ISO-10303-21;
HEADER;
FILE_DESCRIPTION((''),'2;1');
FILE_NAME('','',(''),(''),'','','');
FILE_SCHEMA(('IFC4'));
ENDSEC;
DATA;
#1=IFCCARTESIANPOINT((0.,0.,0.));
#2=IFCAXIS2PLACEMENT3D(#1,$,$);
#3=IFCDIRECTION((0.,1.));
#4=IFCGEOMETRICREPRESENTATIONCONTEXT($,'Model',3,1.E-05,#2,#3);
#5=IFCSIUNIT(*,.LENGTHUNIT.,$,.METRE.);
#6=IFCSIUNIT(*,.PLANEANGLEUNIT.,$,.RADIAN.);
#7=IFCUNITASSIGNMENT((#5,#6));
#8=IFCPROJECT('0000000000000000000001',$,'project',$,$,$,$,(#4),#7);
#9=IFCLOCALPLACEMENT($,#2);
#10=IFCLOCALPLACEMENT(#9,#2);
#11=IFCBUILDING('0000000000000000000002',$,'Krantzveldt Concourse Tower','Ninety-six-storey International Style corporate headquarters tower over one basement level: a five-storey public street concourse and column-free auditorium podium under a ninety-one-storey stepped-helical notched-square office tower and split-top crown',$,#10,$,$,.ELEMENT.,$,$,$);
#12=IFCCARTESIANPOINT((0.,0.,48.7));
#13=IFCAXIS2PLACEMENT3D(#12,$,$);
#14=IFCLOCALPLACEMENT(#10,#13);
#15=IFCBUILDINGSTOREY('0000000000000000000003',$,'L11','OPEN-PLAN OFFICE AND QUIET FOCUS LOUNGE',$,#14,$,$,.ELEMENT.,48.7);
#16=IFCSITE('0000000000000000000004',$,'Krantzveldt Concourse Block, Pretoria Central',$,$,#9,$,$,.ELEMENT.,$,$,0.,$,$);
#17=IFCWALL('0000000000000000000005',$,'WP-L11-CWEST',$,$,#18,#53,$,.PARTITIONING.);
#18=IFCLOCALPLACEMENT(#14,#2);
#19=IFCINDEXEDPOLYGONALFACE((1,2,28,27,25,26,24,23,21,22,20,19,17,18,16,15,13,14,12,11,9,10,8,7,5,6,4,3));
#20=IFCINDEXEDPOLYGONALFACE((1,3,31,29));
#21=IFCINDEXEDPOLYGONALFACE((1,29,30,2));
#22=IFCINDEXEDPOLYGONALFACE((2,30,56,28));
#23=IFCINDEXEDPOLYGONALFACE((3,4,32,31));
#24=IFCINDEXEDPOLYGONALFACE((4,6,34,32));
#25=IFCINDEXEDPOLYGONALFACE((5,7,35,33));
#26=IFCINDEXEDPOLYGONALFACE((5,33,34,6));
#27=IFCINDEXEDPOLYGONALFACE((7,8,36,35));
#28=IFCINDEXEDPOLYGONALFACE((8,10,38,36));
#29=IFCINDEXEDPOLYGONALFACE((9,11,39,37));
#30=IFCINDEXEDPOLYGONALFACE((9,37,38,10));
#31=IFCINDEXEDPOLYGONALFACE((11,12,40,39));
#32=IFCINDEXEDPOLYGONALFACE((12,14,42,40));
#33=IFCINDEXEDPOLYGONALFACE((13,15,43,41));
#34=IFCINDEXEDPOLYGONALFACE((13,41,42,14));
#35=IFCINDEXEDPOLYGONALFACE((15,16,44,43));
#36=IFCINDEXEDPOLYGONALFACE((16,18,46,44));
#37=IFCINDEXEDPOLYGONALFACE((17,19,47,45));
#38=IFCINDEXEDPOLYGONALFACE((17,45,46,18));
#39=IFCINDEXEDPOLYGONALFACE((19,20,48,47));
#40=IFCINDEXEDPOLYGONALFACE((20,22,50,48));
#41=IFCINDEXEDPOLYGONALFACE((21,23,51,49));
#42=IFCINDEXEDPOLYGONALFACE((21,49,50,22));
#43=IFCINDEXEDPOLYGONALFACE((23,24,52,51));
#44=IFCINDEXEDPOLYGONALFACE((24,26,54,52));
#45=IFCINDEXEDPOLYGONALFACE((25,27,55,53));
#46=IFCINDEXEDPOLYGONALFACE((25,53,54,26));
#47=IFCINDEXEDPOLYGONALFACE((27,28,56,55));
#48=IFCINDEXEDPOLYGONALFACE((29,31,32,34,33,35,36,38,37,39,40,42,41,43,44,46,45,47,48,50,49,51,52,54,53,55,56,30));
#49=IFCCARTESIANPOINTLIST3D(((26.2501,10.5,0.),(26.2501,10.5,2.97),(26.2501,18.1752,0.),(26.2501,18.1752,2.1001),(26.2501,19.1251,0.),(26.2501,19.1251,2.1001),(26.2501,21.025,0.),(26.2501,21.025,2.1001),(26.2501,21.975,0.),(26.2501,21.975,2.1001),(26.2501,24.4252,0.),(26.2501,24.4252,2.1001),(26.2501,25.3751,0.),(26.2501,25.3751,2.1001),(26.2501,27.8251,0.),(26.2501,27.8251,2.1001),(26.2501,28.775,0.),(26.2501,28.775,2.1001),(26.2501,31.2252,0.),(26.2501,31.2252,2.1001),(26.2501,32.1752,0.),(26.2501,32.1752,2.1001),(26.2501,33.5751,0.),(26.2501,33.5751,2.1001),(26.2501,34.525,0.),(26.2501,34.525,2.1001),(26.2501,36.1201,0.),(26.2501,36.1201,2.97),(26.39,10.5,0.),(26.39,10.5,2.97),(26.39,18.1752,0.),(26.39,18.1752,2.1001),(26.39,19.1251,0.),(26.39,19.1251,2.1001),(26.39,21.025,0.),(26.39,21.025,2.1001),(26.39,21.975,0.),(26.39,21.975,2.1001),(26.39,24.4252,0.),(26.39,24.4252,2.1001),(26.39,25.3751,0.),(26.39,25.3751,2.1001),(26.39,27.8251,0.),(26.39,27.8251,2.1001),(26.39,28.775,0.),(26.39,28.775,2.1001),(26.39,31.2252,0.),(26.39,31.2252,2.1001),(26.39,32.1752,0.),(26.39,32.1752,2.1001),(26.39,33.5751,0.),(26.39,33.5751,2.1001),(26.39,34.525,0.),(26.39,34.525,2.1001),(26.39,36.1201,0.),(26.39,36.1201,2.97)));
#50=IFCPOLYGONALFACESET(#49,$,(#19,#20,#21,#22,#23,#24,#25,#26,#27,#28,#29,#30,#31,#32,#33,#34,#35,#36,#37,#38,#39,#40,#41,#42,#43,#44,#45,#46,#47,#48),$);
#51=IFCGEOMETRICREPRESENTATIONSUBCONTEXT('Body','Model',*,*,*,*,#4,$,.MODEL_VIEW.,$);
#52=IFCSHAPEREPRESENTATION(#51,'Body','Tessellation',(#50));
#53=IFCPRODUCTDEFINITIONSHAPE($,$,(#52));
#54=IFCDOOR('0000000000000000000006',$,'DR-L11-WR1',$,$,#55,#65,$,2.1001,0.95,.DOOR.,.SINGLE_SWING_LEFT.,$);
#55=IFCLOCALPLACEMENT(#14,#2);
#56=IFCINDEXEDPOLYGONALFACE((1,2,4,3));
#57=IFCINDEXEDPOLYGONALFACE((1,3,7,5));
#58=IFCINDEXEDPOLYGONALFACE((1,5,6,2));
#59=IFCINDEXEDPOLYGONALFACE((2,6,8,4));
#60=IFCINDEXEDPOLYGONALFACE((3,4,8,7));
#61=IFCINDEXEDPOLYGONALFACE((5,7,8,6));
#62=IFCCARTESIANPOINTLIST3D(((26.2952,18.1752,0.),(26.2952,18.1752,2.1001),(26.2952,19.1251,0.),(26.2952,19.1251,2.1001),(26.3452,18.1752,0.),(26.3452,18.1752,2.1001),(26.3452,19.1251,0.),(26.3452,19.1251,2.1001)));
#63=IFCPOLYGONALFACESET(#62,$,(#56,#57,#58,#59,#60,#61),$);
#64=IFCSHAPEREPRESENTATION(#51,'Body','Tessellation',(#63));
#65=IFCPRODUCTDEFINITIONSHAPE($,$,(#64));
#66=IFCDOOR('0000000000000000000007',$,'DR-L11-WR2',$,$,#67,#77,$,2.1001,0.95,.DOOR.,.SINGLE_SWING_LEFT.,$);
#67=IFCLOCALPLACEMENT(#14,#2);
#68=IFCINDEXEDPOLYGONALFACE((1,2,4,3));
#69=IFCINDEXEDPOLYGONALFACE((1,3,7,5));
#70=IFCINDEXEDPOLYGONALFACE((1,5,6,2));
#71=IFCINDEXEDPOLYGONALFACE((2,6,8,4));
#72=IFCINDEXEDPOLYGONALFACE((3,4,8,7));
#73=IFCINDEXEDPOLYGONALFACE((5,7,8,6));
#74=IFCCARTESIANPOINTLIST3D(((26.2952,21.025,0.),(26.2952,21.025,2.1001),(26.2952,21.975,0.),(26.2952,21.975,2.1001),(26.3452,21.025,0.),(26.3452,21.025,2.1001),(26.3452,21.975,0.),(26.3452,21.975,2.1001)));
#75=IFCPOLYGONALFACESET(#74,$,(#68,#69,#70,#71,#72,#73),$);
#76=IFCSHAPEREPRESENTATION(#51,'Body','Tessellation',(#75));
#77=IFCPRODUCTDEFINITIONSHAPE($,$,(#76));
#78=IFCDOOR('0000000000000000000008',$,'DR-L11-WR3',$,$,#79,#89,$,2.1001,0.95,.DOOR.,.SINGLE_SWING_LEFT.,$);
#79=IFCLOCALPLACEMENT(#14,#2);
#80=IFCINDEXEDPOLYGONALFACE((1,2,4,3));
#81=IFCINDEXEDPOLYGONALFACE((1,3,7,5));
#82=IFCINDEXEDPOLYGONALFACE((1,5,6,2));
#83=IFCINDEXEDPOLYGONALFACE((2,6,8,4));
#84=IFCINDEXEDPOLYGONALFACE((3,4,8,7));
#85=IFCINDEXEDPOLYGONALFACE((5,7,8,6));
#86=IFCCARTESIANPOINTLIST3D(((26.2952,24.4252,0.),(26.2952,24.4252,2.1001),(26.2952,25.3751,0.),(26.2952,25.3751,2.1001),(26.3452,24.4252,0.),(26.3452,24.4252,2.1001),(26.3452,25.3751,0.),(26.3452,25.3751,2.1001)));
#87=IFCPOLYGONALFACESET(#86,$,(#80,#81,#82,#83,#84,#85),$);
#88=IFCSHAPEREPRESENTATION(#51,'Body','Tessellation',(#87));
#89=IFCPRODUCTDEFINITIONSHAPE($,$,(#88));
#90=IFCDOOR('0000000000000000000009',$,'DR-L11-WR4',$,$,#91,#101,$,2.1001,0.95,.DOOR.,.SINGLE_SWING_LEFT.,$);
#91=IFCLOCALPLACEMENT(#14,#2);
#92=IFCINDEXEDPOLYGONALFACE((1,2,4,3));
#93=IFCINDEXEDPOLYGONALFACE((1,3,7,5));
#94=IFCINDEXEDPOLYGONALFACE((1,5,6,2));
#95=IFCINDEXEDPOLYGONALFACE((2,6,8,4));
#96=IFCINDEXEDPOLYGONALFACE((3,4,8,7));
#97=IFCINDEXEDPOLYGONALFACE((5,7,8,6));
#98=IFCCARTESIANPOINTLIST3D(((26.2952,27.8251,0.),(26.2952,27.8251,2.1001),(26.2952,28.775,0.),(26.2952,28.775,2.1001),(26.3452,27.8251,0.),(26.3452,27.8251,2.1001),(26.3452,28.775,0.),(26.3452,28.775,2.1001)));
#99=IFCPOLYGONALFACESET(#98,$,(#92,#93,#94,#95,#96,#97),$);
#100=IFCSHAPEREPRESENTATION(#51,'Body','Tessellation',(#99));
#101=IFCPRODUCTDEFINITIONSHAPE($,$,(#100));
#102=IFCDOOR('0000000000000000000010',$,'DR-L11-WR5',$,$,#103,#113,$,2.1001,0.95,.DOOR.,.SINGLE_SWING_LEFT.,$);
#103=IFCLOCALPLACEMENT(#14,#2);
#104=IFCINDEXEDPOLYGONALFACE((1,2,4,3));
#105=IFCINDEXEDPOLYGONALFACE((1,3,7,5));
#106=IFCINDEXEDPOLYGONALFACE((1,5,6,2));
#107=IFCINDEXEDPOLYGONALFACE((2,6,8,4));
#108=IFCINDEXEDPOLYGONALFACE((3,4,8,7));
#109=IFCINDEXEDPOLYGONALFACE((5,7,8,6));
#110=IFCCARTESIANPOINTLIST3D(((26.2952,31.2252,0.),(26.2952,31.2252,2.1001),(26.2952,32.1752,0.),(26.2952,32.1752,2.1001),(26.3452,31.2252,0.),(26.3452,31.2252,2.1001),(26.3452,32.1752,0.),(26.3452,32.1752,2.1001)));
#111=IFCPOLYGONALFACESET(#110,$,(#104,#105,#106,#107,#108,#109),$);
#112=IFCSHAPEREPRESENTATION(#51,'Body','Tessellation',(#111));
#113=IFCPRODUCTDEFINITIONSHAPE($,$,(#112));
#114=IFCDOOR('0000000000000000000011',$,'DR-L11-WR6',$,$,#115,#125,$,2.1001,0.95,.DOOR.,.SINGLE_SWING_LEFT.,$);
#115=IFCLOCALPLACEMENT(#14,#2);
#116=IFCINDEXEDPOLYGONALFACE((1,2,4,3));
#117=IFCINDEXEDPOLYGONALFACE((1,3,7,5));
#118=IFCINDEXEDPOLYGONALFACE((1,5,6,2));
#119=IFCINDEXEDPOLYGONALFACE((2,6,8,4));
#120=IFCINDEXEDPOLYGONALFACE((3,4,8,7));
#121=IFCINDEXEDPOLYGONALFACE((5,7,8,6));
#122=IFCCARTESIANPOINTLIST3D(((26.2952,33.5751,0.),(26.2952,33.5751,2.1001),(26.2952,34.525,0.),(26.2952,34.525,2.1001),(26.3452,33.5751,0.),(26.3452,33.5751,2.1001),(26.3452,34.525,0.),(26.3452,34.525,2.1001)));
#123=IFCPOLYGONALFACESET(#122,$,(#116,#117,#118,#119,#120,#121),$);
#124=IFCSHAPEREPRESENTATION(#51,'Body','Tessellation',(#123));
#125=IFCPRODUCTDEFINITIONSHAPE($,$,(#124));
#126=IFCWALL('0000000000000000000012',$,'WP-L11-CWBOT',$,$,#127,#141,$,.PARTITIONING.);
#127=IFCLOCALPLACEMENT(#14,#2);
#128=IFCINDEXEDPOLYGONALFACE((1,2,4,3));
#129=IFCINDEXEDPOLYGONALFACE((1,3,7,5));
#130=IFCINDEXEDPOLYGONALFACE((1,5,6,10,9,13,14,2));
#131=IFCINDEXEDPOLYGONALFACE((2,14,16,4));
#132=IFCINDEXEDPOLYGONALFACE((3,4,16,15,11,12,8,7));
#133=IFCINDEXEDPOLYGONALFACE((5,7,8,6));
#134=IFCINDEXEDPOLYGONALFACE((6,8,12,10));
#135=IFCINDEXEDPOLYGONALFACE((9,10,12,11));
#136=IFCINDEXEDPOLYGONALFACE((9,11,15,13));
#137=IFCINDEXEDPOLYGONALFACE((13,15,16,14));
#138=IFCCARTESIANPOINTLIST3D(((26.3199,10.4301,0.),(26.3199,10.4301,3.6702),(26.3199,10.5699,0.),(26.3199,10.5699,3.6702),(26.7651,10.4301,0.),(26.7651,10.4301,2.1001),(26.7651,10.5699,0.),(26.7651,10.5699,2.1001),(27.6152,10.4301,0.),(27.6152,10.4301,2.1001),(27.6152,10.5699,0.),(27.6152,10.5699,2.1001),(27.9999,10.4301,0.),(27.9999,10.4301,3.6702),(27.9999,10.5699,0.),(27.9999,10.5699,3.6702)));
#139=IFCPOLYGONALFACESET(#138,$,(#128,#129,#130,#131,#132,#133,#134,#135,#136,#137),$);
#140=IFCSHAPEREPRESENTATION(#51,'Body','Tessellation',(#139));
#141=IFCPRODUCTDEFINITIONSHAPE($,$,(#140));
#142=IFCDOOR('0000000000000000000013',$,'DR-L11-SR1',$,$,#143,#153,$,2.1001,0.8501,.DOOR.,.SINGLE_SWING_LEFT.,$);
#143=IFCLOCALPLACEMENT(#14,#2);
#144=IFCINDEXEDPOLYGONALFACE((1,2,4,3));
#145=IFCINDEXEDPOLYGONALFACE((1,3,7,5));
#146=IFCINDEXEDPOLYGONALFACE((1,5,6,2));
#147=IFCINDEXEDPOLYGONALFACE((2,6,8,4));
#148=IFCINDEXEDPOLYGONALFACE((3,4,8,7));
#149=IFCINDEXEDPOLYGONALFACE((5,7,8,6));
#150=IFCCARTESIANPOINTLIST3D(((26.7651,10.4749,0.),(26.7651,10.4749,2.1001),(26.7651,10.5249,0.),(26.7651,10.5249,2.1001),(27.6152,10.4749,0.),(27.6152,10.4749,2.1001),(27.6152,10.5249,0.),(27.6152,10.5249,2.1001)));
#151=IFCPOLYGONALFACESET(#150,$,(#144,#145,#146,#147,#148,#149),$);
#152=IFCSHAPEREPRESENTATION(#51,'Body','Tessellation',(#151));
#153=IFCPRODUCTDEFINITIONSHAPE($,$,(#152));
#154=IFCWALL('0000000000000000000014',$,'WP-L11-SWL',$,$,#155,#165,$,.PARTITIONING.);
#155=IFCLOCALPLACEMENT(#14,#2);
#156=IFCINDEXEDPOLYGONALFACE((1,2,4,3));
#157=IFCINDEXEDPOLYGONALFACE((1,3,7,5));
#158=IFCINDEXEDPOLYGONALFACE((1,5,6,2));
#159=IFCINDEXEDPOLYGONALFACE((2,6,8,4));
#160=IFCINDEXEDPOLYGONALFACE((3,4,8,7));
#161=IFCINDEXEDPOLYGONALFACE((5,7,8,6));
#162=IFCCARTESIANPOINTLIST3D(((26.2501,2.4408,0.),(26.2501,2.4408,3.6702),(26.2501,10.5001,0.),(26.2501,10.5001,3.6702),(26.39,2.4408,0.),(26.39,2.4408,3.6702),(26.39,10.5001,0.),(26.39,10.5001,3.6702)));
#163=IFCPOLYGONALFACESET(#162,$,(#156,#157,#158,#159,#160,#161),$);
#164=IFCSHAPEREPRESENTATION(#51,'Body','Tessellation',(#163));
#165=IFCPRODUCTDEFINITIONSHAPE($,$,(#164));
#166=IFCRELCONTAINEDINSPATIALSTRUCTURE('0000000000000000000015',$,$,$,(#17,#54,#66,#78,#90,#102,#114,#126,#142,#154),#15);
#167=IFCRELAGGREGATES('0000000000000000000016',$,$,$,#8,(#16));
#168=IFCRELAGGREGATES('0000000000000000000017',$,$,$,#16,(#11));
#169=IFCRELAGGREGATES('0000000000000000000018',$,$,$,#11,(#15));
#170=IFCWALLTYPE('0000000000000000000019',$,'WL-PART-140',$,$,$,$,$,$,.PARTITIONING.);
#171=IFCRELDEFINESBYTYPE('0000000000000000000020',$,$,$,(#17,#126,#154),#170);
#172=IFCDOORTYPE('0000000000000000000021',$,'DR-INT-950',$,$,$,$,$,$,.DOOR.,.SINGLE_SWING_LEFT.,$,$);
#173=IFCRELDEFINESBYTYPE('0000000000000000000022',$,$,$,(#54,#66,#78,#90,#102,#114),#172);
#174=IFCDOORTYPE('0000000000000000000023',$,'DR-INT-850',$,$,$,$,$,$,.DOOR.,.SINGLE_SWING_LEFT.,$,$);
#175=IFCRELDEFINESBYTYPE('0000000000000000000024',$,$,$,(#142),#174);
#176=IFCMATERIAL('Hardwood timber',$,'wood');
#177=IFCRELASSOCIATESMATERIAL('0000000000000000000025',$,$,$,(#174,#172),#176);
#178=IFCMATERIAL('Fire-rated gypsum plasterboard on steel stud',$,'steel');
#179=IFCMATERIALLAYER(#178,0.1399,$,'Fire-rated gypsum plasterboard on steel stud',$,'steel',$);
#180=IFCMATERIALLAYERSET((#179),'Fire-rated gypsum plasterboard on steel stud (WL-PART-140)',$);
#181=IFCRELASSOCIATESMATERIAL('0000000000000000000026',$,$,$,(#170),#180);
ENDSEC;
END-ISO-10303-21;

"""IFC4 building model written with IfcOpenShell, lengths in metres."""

from ifc_helpers import new_model, si_unit, direction, frame, frame_2d, origin, place, context, subcontext, project, spatial, rectangle, extrude, material, layer, layer_set, type_object, element, fill, save


model = new_model("IFC4")

# Units and contexts
model_context = context("Model", 3, precision=1e-05, world=origin(), true_north=direction((0.0, 1.0)))
body_context = subcontext(model_context, "Body", "Model", "MODEL_VIEW")
ifc_project = project(units=[si_unit("LENGTHUNIT", "METRE"), si_unit("PLANEANGLEUNIT", "RADIAN")], contexts=[model_context])

# Site, building, storey
site_placement = place(None, origin())
site = spatial("IfcSite", under=ifc_project, at=site_placement, Name="Krantzveldt Concourse Block, Pretoria Central", CompositionType="ELEMENT", RefElevation=0.0)
building_placement = place(site_placement, origin())
building = spatial("IfcBuilding", under=site, at=building_placement, Name="Krantzveldt Concourse Tower", Description="Ninety-six-storey International Style corporate headquarters tower over one basement level: a five-storey public street concourse and column-free auditorium podium under a ninety-one-storey stepped-helical notched-square office tower and split-top crown", CompositionType="ELEMENT")
storey_placement = place(building_placement, frame((0.0, 0.0, 48.7)))
storey = spatial("IfcBuildingStorey", under=building, at=storey_placement, Name="L11", Description="OPEN-PLAN OFFICE AND QUIET FOCUS LOUNGE", CompositionType="ELEMENT", Elevation=48.7)

# Shared definitions
ifc_material_1 = material(Name="Fire-rated gypsum plasterboard on steel stud", Category="steel")
ifc_material_2 = material(Name="Hardwood timber", Category="wood")
door_type_1 = type_object("IfcDoorType", Name="DR-INT-850", OperationType="SINGLE_SWING_LEFT", PredefinedType="DOOR", material=ifc_material_2)

# Wall, openings, doors
ifc_layer_1 = layer(ifc_material_1, 0.1399, Name="Fire-rated gypsum plasterboard on steel stud", Category="steel")
ifc_layer_set_1 = layer_set([ifc_layer_1], Name="Fire-rated gypsum plasterboard on steel stud (WL-PART-140)")
wall_type_1 = type_object("IfcWallType", Name="WL-PART-140", PredefinedType="PARTITIONING", material=ifc_layer_set_1)
wall_1_placement = place(storey_placement, frame((26.3201, 10.5, 0.0), z_axis=(0.0, 0.0, 1.0), x_axis=(0.0, 1.0, 0.0)))
wall_1 = element("IfcWall", 1, at=wall_1_placement, inside=storey, type_object=wall_type_1, Name="WP-L11-CWEST", PredefinedType="PARTITIONING", context=body_context, shape_type="SweptSolid", body=[
    extrude(rectangle(XDim=25.6201, YDim=0.1399, at=frame_2d((12.8101, 0.0))), origin(), (0.0, 0.0, 1.0), 2.97),
])
opening_1_placement = place(wall_1_placement, frame((7.675, 0.0, 0.0)))
opening_1 = element("IfcOpeningElement", 2, at=opening_1_placement, cuts=wall_1, PredefinedType="OPENING", context=body_context, shape_type="SweptSolid", body=[
    extrude(rectangle(XDim=0.95, YDim=2.1001, at=frame_2d((0.4751, 1.05))), frame((0.0, 0.0801, 0.0), z_axis=(0.0, -1.0, 0.0), x_axis=(1.0, 0.0, 0.0)), (0.0, 0.0, 1.0), 0.1599),
])
opening_2_placement = place(wall_1_placement, frame((10.5249, 0.0, 0.0)))
opening_2 = element("IfcOpeningElement", 3, at=opening_2_placement, cuts=wall_1, PredefinedType="OPENING", context=body_context, shape_type="SweptSolid", body=[
    extrude(rectangle(XDim=0.95, YDim=2.1001, at=frame_2d((0.4751, 1.05))), frame((0.0, 0.0801, 0.0), z_axis=(0.0, -1.0, 0.0), x_axis=(1.0, 0.0, 0.0)), (0.0, 0.0, 1.0), 0.1599),
])
opening_3_placement = place(wall_1_placement, frame((13.925, 0.0, 0.0)))
opening_3 = element("IfcOpeningElement", 4, at=opening_3_placement, cuts=wall_1, PredefinedType="OPENING", context=body_context, shape_type="SweptSolid", body=[
    extrude(rectangle(XDim=0.95, YDim=2.1001, at=frame_2d((0.4751, 1.05))), frame((0.0, 0.0801, 0.0), z_axis=(0.0, -1.0, 0.0), x_axis=(1.0, 0.0, 0.0)), (0.0, 0.0, 1.0), 0.1599),
])
opening_4_placement = place(wall_1_placement, frame((17.325, 0.0, 0.0)))
opening_4 = element("IfcOpeningElement", 5, at=opening_4_placement, cuts=wall_1, PredefinedType="OPENING", context=body_context, shape_type="SweptSolid", body=[
    extrude(rectangle(XDim=0.95, YDim=2.1001, at=frame_2d((0.4751, 1.05))), frame((0.0, 0.0801, 0.0), z_axis=(0.0, -1.0, 0.0), x_axis=(1.0, 0.0, 0.0)), (0.0, 0.0, 1.0), 0.1599),
])
opening_5_placement = place(wall_1_placement, frame((20.7251, 0.0, 0.0)))
opening_5 = element("IfcOpeningElement", 6, at=opening_5_placement, cuts=wall_1, PredefinedType="OPENING", context=body_context, shape_type="SweptSolid", body=[
    extrude(rectangle(XDim=0.95, YDim=2.1001, at=frame_2d((0.4751, 1.05))), frame((0.0, 0.0801, 0.0), z_axis=(0.0, -1.0, 0.0), x_axis=(1.0, 0.0, 0.0)), (0.0, 0.0, 1.0), 0.1599),
])
opening_6_placement = place(wall_1_placement, frame((23.075, 0.0, 0.0)))
opening_6 = element("IfcOpeningElement", 7, at=opening_6_placement, cuts=wall_1, PredefinedType="OPENING", context=body_context, shape_type="SweptSolid", body=[
    extrude(rectangle(XDim=0.95, YDim=2.1001, at=frame_2d((0.4751, 1.05))), frame((0.0, 0.0801, 0.0), z_axis=(0.0, -1.0, 0.0), x_axis=(1.0, 0.0, 0.0)), (0.0, 0.0, 1.0), 0.1599),
])
door_type_2 = type_object("IfcDoorType", Name="DR-INT-950", OperationType="SINGLE_SWING_LEFT", PredefinedType="DOOR", material=ifc_material_2)
door_1_placement = place(opening_1_placement, origin())
door_1 = element("IfcDoor", 8, at=door_1_placement, inside=storey, type_object=door_type_2, Name="DR-L11-WR1", OperationType="SINGLE_SWING_LEFT", OverallHeight=2.1001, OverallWidth=0.95, PredefinedType="DOOR", context=body_context, shape_type="SweptSolid", body=[
    extrude(rectangle(XDim=0.95, YDim=2.1001, at=frame_2d((0.4751, 1.05))), frame((0.0, 0.0249, 0.0), z_axis=(0.0, -1.0, 0.0), x_axis=(1.0, 0.0, 0.0)), (0.0, 0.0, 1.0), 0.05),
])
fill(opening_1, door_1)
door_2_placement = place(opening_2_placement, origin())
door_2 = element("IfcDoor", 9, at=door_2_placement, inside=storey, type_object=door_type_2, Name="DR-L11-WR2", OperationType="SINGLE_SWING_LEFT", OverallHeight=2.1001, OverallWidth=0.95, PredefinedType="DOOR", context=body_context, shape_type="SweptSolid", body=[
    extrude(rectangle(XDim=0.95, YDim=2.1001, at=frame_2d((0.4751, 1.05))), frame((0.0, 0.0249, 0.0), z_axis=(0.0, -1.0, 0.0), x_axis=(1.0, 0.0, 0.0)), (0.0, 0.0, 1.0), 0.05),
])
fill(opening_2, door_2)
door_3_placement = place(opening_3_placement, origin())
door_3 = element("IfcDoor", 10, at=door_3_placement, inside=storey, type_object=door_type_2, Name="DR-L11-WR3", OperationType="SINGLE_SWING_LEFT", OverallHeight=2.1001, OverallWidth=0.95, PredefinedType="DOOR", context=body_context, shape_type="SweptSolid", body=[
    extrude(rectangle(XDim=0.95, YDim=2.1001, at=frame_2d((0.4751, 1.05))), frame((0.0, 0.0249, 0.0), z_axis=(0.0, -1.0, 0.0), x_axis=(1.0, 0.0, 0.0)), (0.0, 0.0, 1.0), 0.05),
])
fill(opening_3, door_3)
door_4_placement = place(opening_4_placement, origin())
door_4 = element("IfcDoor", 11, at=door_4_placement, inside=storey, type_object=door_type_2, Name="DR-L11-WR4", OperationType="SINGLE_SWING_LEFT", OverallHeight=2.1001, OverallWidth=0.95, PredefinedType="DOOR", context=body_context, shape_type="SweptSolid", body=[
    extrude(rectangle(XDim=0.95, YDim=2.1001, at=frame_2d((0.4751, 1.05))), frame((0.0, 0.0249, 0.0), z_axis=(0.0, -1.0, 0.0), x_axis=(1.0, 0.0, 0.0)), (0.0, 0.0, 1.0), 0.05),
])
fill(opening_4, door_4)
door_5_placement = place(opening_5_placement, origin())
door_5 = element("IfcDoor", 12, at=door_5_placement, inside=storey, type_object=door_type_2, Name="DR-L11-WR5", OperationType="SINGLE_SWING_LEFT", OverallHeight=2.1001, OverallWidth=0.95, PredefinedType="DOOR", context=body_context, shape_type="SweptSolid", body=[
    extrude(rectangle(XDim=0.95, YDim=2.1001, at=frame_2d((0.4751, 1.05))), frame((0.0, 0.0249, 0.0), z_axis=(0.0, -1.0, 0.0), x_axis=(1.0, 0.0, 0.0)), (0.0, 0.0, 1.0), 0.05),
])
fill(opening_5, door_5)
door_6_placement = place(opening_6_placement, origin())
door_6 = element("IfcDoor", 13, at=door_6_placement, inside=storey, type_object=door_type_2, Name="DR-L11-WR6", OperationType="SINGLE_SWING_LEFT", OverallHeight=2.1001, OverallWidth=0.95, PredefinedType="DOOR", context=body_context, shape_type="SweptSolid", body=[
    extrude(rectangle(XDim=0.95, YDim=2.1001, at=frame_2d((0.4751, 1.05))), frame((0.0, 0.0249, 0.0), z_axis=(0.0, -1.0, 0.0), x_axis=(1.0, 0.0, 0.0)), (0.0, 0.0, 1.0), 0.05),
])
fill(opening_6, door_6)

# Wall, opening, door
wall_2_placement = place(storey_placement, frame((26.3201, 10.5, 0.0), z_axis=(0.0, 0.0, 1.0), x_axis=(1.0, 0.0, 0.0)))
wall_2 = element("IfcWall", 14, at=wall_2_placement, inside=storey, type_object=wall_type_1, Name="WP-L11-CWBOT", PredefinedType="PARTITIONING", context=body_context, shape_type="SweptSolid", body=[
    extrude(rectangle(XDim=1.6799, YDim=0.1399, at=frame_2d((0.8398, 0.0))), origin(), (0.0, 0.0, 1.0), 3.6702),
])
opening_7_placement = place(wall_2_placement, frame((0.4451, 0.0, 0.0)))
opening_7 = element("IfcOpeningElement", 15, at=opening_7_placement, cuts=wall_2, PredefinedType="OPENING", context=body_context, shape_type="SweptSolid", body=[
    extrude(rectangle(XDim=0.8501, YDim=2.1001, at=frame_2d((0.425, 1.05))), frame((0.0, 0.0801, 0.0), z_axis=(0.0, -1.0, 0.0), x_axis=(1.0, 0.0, 0.0)), (0.0, 0.0, 1.0), 0.1599),
])
door_7_placement = place(opening_7_placement, origin())
door_7 = element("IfcDoor", 16, at=door_7_placement, inside=storey, type_object=door_type_1, Name="DR-L11-SR1", OperationType="SINGLE_SWING_LEFT", OverallHeight=2.1001, OverallWidth=0.8501, PredefinedType="DOOR", context=body_context, shape_type="SweptSolid", body=[
    extrude(rectangle(XDim=0.8501, YDim=2.1001, at=frame_2d((0.425, 1.05))), frame((0.0, 0.0249, 0.0), z_axis=(0.0, -1.0, 0.0), x_axis=(1.0, 0.0, 0.0)), (0.0, 0.0, 1.0), 0.05),
])
fill(opening_7, door_7)

# Wall
wall_3_placement = place(storey_placement, frame((26.3201, 2.4407, 0.0), z_axis=(0.0, 0.0, 1.0), x_axis=(0.0, 1.0, 0.0)))
element("IfcWall", 17, at=wall_3_placement, inside=storey, type_object=wall_type_1, Name="WP-L11-SWL", PredefinedType="PARTITIONING", context=body_context, shape_type="SweptSolid", body=[
    extrude(rectangle(XDim=8.0593, YDim=0.1399, at=frame_2d((4.0298, 0.0))), origin(), (0.0, 0.0, 1.0), 3.6702),
])

save(model, "model.ifc")
